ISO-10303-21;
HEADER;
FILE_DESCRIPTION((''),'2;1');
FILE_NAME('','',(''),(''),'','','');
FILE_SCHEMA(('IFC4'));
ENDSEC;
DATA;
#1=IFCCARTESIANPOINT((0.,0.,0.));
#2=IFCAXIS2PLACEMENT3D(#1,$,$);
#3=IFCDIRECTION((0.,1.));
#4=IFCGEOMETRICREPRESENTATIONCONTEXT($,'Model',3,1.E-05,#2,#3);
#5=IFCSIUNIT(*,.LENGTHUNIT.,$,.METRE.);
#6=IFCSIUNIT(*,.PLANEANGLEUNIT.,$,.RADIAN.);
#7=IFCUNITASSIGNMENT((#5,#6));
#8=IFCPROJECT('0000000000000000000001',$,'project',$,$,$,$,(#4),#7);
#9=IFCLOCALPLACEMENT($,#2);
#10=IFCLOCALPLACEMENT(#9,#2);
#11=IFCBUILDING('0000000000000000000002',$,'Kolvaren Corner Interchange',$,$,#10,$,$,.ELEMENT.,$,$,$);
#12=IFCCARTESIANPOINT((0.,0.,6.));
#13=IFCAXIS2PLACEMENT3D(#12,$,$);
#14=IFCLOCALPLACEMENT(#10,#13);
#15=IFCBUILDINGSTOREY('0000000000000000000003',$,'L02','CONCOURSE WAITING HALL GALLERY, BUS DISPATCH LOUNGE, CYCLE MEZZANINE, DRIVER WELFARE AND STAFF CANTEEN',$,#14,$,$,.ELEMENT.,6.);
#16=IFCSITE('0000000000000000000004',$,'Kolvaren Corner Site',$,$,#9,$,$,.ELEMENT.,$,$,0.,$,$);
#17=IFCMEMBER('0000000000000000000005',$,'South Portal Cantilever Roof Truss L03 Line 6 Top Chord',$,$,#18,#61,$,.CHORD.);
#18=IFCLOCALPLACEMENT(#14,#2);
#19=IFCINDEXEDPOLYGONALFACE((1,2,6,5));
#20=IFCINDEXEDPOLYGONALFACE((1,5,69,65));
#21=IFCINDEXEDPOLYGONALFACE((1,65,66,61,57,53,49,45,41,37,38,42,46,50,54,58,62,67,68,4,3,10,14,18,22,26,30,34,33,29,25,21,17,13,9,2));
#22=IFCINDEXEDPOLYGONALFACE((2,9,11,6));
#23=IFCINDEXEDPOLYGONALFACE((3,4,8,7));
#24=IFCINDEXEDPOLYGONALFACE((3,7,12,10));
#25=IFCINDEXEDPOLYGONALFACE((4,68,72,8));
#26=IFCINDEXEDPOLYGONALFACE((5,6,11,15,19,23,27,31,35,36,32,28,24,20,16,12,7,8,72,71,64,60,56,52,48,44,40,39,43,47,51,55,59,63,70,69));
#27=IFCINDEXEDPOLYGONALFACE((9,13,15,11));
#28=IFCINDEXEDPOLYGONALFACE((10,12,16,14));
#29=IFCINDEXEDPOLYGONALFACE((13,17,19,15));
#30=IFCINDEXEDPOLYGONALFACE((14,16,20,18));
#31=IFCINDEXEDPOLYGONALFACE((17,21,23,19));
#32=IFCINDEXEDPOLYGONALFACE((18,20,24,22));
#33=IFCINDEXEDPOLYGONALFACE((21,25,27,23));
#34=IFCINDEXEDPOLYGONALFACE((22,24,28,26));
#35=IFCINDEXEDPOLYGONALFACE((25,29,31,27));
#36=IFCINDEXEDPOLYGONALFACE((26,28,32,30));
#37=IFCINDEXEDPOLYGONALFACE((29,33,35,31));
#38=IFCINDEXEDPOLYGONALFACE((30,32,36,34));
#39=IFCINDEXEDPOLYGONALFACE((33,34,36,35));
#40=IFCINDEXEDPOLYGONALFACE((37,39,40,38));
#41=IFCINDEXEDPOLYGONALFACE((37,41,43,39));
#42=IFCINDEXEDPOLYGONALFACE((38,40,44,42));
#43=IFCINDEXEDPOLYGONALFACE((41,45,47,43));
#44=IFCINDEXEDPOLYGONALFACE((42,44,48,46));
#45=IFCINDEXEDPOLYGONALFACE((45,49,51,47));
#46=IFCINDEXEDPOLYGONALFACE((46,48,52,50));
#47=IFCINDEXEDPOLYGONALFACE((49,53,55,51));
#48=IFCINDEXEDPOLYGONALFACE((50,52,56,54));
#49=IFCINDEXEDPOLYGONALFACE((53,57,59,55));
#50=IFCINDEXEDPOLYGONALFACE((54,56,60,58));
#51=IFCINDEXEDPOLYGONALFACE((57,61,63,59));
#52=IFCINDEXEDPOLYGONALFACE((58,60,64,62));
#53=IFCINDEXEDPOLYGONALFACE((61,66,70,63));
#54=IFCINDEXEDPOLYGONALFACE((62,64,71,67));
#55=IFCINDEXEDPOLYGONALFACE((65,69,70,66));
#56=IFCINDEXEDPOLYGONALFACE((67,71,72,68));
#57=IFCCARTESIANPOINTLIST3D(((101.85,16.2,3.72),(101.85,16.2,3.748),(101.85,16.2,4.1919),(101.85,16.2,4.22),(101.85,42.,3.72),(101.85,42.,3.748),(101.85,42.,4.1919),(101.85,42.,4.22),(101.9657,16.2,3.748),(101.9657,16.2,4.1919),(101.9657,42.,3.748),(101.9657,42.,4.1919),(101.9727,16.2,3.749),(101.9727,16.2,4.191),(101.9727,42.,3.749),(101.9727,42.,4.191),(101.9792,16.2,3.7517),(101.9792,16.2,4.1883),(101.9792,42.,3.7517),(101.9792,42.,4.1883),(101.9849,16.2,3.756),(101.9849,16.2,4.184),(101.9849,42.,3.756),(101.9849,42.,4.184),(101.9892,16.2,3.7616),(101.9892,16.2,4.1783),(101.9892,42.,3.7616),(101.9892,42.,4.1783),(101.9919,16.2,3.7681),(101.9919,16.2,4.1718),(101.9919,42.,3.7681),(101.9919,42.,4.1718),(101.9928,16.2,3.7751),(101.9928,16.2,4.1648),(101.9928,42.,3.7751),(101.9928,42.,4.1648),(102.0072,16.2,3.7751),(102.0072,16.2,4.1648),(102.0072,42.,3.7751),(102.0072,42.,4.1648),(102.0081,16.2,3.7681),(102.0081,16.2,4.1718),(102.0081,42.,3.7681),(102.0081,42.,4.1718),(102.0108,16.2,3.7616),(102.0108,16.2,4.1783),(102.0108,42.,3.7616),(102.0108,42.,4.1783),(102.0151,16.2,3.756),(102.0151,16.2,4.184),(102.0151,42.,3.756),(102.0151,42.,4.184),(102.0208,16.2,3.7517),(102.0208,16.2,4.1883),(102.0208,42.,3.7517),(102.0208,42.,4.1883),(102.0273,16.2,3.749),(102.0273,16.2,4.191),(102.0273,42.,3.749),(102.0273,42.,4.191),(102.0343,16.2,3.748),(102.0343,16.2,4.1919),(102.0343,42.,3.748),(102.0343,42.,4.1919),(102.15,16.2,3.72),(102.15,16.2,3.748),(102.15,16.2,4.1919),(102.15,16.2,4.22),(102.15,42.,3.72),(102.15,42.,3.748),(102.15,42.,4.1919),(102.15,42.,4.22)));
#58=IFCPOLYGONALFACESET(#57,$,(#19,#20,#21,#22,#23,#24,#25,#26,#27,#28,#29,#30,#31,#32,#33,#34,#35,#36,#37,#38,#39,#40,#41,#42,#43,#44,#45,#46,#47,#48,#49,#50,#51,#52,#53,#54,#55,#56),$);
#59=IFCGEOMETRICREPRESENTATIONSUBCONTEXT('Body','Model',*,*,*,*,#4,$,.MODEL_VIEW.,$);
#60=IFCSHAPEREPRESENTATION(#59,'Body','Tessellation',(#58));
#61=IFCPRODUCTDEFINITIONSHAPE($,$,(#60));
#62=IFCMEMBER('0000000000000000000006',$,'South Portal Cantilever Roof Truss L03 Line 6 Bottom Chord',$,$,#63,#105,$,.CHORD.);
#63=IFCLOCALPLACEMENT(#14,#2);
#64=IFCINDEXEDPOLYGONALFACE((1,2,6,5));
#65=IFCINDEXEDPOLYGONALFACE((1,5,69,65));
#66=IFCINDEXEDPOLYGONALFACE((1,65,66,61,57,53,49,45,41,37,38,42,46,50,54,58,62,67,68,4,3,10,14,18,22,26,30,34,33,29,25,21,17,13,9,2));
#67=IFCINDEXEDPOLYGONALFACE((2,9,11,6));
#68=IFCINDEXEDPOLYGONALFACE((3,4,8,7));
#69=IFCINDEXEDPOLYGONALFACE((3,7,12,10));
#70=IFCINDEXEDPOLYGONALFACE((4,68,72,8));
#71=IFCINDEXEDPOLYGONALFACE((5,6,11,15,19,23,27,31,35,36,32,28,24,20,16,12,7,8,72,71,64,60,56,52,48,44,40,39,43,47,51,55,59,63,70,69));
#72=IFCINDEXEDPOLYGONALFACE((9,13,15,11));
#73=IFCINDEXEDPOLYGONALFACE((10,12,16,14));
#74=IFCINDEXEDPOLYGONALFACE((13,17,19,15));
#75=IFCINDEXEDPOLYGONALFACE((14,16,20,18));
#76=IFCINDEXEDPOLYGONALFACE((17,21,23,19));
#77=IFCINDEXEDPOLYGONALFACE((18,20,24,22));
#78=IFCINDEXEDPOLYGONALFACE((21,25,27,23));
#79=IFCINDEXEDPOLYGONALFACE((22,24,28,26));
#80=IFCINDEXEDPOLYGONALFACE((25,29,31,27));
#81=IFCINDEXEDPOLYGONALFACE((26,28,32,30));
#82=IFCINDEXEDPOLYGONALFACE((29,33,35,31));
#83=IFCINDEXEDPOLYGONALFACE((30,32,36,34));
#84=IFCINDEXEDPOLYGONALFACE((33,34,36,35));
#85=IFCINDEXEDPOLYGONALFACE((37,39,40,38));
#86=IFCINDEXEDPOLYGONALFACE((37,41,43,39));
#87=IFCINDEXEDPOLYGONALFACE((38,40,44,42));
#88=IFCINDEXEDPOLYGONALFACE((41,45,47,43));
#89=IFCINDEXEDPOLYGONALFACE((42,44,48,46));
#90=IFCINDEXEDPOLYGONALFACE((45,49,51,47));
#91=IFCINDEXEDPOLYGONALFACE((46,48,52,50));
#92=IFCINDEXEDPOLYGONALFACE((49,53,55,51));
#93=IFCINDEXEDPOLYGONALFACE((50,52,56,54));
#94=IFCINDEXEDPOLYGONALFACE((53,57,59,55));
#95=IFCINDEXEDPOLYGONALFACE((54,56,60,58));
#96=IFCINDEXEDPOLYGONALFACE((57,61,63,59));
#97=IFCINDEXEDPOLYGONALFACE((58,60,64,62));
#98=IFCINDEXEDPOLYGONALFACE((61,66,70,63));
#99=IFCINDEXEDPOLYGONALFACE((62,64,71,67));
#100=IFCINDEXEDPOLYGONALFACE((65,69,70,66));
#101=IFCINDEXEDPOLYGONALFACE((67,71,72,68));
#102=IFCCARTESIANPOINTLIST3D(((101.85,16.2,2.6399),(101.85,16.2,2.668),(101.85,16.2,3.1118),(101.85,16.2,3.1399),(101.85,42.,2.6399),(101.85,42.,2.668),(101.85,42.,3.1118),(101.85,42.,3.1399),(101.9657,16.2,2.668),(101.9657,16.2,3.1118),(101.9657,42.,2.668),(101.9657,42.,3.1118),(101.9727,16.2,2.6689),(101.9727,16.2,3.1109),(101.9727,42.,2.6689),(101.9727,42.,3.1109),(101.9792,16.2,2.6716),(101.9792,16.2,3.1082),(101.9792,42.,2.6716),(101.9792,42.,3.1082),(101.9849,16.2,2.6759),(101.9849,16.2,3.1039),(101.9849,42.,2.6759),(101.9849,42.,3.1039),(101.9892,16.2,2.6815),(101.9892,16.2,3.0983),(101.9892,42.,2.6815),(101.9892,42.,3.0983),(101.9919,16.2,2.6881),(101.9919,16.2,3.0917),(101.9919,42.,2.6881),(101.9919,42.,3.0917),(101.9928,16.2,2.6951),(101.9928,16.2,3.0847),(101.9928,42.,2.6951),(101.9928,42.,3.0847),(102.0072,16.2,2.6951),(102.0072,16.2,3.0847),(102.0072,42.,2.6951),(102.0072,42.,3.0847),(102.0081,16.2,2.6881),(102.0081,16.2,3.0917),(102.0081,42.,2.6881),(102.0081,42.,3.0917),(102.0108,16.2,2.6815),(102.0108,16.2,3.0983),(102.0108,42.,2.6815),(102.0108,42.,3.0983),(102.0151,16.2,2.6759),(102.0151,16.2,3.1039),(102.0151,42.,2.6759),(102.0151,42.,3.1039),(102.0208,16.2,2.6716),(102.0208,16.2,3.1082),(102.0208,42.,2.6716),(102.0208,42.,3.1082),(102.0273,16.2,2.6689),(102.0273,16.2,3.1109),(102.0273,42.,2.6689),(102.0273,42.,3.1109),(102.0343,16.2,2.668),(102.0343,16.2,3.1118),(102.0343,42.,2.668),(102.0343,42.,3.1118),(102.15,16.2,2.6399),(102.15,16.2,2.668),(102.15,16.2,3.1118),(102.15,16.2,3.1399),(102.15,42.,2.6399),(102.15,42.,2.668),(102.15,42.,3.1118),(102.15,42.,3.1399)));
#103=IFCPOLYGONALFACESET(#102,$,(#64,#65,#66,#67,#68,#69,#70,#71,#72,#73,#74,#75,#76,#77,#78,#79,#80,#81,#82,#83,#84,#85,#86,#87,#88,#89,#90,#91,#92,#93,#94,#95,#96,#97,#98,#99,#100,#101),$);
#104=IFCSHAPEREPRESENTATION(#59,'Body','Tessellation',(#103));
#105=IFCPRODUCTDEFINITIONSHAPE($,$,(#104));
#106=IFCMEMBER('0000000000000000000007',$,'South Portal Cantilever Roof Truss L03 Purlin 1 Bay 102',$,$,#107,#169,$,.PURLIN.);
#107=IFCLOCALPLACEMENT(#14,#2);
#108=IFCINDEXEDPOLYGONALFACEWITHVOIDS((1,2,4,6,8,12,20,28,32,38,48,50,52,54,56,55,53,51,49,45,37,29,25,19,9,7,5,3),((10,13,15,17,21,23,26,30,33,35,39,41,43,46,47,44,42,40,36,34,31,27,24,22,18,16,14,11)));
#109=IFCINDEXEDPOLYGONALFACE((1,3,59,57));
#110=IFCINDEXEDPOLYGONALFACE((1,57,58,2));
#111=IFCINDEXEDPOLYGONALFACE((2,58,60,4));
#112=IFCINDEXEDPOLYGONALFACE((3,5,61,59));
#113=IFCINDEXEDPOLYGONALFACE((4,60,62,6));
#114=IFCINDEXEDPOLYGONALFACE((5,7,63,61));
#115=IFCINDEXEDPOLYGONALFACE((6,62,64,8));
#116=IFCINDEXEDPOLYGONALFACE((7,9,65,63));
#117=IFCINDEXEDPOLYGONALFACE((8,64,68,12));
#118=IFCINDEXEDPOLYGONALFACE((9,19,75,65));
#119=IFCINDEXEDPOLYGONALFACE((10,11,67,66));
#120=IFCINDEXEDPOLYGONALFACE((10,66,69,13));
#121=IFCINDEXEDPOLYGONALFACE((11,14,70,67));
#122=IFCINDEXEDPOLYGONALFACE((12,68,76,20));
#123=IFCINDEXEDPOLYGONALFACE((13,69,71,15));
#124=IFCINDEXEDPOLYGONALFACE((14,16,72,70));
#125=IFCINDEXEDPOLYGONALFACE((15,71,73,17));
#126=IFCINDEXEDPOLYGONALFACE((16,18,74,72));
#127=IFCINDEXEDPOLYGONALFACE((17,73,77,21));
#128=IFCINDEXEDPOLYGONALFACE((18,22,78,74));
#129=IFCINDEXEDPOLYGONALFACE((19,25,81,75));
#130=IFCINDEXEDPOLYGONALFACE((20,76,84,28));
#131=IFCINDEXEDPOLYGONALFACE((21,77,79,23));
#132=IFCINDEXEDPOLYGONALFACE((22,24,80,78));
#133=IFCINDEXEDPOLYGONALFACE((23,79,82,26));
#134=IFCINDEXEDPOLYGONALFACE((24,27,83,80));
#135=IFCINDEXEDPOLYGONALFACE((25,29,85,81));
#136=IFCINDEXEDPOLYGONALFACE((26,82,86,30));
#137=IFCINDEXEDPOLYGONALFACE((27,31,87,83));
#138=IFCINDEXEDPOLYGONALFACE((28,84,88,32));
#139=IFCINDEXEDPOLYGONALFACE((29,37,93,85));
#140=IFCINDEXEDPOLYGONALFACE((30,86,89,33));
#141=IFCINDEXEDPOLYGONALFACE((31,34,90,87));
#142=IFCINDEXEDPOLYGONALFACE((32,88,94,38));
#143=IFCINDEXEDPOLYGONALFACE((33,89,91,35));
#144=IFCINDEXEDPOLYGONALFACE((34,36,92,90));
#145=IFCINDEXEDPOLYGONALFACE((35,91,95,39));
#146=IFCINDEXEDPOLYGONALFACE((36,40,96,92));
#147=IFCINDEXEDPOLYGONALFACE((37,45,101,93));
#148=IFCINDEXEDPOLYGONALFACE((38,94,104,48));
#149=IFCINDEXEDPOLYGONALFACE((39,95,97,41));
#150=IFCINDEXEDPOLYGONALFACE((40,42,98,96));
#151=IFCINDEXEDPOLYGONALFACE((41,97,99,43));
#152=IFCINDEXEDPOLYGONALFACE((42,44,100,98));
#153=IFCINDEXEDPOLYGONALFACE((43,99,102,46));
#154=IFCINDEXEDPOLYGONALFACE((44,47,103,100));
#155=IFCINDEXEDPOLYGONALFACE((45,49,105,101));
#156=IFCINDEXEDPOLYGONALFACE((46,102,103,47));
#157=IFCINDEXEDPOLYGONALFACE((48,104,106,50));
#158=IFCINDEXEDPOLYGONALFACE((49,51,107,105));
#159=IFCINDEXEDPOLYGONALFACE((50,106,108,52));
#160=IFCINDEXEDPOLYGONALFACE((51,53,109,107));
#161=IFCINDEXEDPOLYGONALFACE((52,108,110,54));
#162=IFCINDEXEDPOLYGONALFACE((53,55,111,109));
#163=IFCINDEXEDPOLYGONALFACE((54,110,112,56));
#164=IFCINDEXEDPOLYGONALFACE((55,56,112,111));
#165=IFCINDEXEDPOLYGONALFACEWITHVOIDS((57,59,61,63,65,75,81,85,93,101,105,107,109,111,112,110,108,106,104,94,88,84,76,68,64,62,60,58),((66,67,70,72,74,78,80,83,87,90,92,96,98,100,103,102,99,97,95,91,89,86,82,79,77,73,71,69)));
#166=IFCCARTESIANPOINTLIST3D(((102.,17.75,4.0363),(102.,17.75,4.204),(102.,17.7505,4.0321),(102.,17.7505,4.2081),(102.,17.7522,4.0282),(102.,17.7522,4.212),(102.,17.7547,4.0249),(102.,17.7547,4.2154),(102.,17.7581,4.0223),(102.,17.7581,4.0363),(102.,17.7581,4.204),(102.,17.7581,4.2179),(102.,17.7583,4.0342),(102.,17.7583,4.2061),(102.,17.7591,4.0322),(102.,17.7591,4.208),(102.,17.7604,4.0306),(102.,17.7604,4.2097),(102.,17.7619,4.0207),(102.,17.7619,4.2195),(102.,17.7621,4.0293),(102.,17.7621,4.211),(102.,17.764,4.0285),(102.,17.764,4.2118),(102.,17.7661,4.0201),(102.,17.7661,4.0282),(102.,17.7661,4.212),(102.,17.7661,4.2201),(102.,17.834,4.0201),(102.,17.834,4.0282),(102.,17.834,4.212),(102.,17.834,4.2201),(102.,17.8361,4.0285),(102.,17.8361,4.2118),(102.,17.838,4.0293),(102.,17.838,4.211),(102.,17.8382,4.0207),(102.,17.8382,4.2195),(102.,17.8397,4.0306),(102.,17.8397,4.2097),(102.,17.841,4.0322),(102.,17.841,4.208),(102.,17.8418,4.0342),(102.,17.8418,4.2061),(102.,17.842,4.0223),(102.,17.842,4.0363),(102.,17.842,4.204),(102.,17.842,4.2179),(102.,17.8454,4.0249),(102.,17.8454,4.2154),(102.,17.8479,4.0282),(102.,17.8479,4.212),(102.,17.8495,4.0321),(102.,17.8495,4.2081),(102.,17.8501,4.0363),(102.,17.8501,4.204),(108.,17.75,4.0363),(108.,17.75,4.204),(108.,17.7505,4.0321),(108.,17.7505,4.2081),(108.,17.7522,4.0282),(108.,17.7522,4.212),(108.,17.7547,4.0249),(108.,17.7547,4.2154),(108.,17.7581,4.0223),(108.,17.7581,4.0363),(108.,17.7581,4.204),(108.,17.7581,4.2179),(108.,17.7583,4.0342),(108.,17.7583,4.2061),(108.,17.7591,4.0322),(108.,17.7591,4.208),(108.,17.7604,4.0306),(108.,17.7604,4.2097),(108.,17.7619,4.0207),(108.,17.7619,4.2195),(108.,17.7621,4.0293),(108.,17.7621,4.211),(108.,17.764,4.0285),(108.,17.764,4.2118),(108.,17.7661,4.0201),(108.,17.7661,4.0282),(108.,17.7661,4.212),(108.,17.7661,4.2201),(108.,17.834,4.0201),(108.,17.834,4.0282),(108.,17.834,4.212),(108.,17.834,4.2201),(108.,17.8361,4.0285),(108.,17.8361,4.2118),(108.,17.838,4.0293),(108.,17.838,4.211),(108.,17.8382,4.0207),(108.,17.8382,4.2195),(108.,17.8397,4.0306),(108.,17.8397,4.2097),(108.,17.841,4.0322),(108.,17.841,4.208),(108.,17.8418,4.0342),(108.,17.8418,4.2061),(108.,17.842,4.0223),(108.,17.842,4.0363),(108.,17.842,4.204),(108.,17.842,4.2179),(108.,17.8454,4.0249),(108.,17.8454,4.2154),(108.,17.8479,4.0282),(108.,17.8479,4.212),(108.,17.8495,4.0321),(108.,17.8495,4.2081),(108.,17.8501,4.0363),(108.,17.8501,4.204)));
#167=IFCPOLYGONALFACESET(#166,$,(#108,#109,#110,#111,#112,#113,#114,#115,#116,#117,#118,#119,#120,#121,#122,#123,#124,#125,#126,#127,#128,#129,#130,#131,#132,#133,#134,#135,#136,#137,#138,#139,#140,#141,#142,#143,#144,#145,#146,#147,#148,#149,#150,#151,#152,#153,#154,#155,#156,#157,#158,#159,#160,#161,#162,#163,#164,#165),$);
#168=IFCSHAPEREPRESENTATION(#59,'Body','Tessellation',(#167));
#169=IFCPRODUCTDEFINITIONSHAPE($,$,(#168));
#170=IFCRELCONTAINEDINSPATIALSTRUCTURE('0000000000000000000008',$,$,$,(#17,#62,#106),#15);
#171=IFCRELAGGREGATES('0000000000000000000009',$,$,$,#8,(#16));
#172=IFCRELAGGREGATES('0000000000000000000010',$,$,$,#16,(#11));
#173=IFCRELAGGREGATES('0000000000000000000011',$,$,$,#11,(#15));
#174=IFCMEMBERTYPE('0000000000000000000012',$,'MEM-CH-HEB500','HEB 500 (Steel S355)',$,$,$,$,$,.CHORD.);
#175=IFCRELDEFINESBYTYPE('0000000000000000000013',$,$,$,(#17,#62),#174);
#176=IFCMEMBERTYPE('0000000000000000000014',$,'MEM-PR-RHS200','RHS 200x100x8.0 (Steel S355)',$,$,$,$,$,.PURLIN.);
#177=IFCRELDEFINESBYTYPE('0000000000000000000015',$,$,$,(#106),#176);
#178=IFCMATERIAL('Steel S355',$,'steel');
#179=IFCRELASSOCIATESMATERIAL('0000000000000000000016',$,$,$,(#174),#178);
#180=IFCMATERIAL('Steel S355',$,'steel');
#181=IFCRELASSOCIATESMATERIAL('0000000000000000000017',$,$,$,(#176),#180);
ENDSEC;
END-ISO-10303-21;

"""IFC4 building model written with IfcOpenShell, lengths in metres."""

from ifc_helpers import new_model, si_unit, direction, frame, origin, origin_2d, place, context, subcontext, project, spatial, hollow_rectangle, i_section, extrude, material, material_profile, profile_set, type_object, element, save


model = new_model("IFC4")

# Units and contexts
model_context = context("Model", 3, precision=1e-05, world=origin(), true_north=direction((0.0, 1.0)))
body_context = subcontext(model_context, "Body", "Model", "MODEL_VIEW")
ifc_project = project(units=[si_unit("LENGTHUNIT", "METRE"), si_unit("PLANEANGLEUNIT", "RADIAN")], contexts=[model_context])

# Site, building, storey
site_placement = place(None, origin())
site = spatial("IfcSite", under=ifc_project, at=site_placement, Name="Kolvaren Corner Site", CompositionType="ELEMENT", RefElevation=0.0)
building_placement = place(site_placement, origin())
building = spatial("IfcBuilding", under=site, at=building_placement, Name="Kolvaren Corner Interchange", CompositionType="ELEMENT")
storey_placement = place(building_placement, frame((0.0, 0.0, 6.0)))
storey = spatial("IfcBuildingStorey", under=building, at=storey_placement, Name="L02", Description="CONCOURSE WAITING HALL GALLERY, BUS DISPATCH LOUNGE, CYCLE MEZZANINE, DRIVER WELFARE AND STAFF CANTEEN", CompositionType="ELEMENT", Elevation=6.0)

# Members
ifc_material_1 = material(Name="Steel S355", Category="steel")
ifc_material_profile_1 = material_profile(ifc_material_1, i_section(OverallWidth=0.3, OverallDepth=0.5, WebThickness=0.0144, FlangeThickness=0.0281, FilletRadius=0.0271, at=origin_2d()), Name="HEB 500")
ifc_profile_set_1 = profile_set([ifc_material_profile_1], Name="Steel S355")
member_type_1 = type_object("IfcMemberType", Name="MEM-CH-HEB500", Description="HEB 500 (Steel S355)", PredefinedType="CHORD", material=ifc_profile_set_1)
for number, where, z_axis, x_axis, name in (
    (1, (102.0, 16.2, 3.97), (0.0, 1.0, 0.0), (-1.0, 0.0, 0.0), "South Portal Cantilever Roof Truss L03 Line 6 Top Chord"),
    (2, (102.0, 16.2, 2.8899), (0.0, 1.0, 0.0), (-1.0, 0.0, 0.0), "South Portal Cantilever Roof Truss L03 Line 6 Bottom Chord"),
):
    element("IfcMember", number, at=place(storey_placement, frame(where, z_axis=z_axis, x_axis=x_axis)), inside=storey, type_object=member_type_1, Name=name, PredefinedType="CHORD", context=body_context, shape_type="SweptSolid", body=[
        extrude(i_section(OverallWidth=0.3, OverallDepth=0.5, WebThickness=0.0144, FlangeThickness=0.0281, FilletRadius=0.0271, at=origin_2d()), origin(), (0.0, 0.0, 1.0), 25.8),
    ])
ifc_material_2 = material(Name="Steel S355", Category="steel")
ifc_material_profile_2 = material_profile(ifc_material_2, hollow_rectangle(XDim=0.1001, YDim=0.2, WallThickness=0.0081, InnerFilletRadius=0.0081, OuterFilletRadius=0.0161, at=origin_2d()), Name="RHS 200x100x8.0")
ifc_profile_set_2 = profile_set([ifc_material_profile_2], Name="Steel S355")
member_type_2 = type_object("IfcMemberType", Name="MEM-PR-RHS200", Description="RHS 200x100x8.0 (Steel S355)", PredefinedType="PURLIN", material=ifc_profile_set_2)
for number, where, z_axis, x_axis, name in (
    (3, (102.0, 17.8, 4.1201), (1.0, 0.0, 0.0), (0.0, 1.0, 0.0), "South Portal Cantilever Roof Truss L03 Purlin 1 Bay 102"),
):
    element("IfcMember", number, at=place(storey_placement, frame(where, z_axis=z_axis, x_axis=x_axis)), inside=storey, type_object=member_type_2, Name=name, PredefinedType="PURLIN", context=body_context, shape_type="SweptSolid", body=[
        extrude(hollow_rectangle(XDim=0.1001, YDim=0.2, WallThickness=0.0081, InnerFilletRadius=0.0081, OuterFilletRadius=0.0161, at=origin_2d()), origin(), (0.0, 0.0, 1.0), 6.0),
    ])

save(model, "model.ifc")
